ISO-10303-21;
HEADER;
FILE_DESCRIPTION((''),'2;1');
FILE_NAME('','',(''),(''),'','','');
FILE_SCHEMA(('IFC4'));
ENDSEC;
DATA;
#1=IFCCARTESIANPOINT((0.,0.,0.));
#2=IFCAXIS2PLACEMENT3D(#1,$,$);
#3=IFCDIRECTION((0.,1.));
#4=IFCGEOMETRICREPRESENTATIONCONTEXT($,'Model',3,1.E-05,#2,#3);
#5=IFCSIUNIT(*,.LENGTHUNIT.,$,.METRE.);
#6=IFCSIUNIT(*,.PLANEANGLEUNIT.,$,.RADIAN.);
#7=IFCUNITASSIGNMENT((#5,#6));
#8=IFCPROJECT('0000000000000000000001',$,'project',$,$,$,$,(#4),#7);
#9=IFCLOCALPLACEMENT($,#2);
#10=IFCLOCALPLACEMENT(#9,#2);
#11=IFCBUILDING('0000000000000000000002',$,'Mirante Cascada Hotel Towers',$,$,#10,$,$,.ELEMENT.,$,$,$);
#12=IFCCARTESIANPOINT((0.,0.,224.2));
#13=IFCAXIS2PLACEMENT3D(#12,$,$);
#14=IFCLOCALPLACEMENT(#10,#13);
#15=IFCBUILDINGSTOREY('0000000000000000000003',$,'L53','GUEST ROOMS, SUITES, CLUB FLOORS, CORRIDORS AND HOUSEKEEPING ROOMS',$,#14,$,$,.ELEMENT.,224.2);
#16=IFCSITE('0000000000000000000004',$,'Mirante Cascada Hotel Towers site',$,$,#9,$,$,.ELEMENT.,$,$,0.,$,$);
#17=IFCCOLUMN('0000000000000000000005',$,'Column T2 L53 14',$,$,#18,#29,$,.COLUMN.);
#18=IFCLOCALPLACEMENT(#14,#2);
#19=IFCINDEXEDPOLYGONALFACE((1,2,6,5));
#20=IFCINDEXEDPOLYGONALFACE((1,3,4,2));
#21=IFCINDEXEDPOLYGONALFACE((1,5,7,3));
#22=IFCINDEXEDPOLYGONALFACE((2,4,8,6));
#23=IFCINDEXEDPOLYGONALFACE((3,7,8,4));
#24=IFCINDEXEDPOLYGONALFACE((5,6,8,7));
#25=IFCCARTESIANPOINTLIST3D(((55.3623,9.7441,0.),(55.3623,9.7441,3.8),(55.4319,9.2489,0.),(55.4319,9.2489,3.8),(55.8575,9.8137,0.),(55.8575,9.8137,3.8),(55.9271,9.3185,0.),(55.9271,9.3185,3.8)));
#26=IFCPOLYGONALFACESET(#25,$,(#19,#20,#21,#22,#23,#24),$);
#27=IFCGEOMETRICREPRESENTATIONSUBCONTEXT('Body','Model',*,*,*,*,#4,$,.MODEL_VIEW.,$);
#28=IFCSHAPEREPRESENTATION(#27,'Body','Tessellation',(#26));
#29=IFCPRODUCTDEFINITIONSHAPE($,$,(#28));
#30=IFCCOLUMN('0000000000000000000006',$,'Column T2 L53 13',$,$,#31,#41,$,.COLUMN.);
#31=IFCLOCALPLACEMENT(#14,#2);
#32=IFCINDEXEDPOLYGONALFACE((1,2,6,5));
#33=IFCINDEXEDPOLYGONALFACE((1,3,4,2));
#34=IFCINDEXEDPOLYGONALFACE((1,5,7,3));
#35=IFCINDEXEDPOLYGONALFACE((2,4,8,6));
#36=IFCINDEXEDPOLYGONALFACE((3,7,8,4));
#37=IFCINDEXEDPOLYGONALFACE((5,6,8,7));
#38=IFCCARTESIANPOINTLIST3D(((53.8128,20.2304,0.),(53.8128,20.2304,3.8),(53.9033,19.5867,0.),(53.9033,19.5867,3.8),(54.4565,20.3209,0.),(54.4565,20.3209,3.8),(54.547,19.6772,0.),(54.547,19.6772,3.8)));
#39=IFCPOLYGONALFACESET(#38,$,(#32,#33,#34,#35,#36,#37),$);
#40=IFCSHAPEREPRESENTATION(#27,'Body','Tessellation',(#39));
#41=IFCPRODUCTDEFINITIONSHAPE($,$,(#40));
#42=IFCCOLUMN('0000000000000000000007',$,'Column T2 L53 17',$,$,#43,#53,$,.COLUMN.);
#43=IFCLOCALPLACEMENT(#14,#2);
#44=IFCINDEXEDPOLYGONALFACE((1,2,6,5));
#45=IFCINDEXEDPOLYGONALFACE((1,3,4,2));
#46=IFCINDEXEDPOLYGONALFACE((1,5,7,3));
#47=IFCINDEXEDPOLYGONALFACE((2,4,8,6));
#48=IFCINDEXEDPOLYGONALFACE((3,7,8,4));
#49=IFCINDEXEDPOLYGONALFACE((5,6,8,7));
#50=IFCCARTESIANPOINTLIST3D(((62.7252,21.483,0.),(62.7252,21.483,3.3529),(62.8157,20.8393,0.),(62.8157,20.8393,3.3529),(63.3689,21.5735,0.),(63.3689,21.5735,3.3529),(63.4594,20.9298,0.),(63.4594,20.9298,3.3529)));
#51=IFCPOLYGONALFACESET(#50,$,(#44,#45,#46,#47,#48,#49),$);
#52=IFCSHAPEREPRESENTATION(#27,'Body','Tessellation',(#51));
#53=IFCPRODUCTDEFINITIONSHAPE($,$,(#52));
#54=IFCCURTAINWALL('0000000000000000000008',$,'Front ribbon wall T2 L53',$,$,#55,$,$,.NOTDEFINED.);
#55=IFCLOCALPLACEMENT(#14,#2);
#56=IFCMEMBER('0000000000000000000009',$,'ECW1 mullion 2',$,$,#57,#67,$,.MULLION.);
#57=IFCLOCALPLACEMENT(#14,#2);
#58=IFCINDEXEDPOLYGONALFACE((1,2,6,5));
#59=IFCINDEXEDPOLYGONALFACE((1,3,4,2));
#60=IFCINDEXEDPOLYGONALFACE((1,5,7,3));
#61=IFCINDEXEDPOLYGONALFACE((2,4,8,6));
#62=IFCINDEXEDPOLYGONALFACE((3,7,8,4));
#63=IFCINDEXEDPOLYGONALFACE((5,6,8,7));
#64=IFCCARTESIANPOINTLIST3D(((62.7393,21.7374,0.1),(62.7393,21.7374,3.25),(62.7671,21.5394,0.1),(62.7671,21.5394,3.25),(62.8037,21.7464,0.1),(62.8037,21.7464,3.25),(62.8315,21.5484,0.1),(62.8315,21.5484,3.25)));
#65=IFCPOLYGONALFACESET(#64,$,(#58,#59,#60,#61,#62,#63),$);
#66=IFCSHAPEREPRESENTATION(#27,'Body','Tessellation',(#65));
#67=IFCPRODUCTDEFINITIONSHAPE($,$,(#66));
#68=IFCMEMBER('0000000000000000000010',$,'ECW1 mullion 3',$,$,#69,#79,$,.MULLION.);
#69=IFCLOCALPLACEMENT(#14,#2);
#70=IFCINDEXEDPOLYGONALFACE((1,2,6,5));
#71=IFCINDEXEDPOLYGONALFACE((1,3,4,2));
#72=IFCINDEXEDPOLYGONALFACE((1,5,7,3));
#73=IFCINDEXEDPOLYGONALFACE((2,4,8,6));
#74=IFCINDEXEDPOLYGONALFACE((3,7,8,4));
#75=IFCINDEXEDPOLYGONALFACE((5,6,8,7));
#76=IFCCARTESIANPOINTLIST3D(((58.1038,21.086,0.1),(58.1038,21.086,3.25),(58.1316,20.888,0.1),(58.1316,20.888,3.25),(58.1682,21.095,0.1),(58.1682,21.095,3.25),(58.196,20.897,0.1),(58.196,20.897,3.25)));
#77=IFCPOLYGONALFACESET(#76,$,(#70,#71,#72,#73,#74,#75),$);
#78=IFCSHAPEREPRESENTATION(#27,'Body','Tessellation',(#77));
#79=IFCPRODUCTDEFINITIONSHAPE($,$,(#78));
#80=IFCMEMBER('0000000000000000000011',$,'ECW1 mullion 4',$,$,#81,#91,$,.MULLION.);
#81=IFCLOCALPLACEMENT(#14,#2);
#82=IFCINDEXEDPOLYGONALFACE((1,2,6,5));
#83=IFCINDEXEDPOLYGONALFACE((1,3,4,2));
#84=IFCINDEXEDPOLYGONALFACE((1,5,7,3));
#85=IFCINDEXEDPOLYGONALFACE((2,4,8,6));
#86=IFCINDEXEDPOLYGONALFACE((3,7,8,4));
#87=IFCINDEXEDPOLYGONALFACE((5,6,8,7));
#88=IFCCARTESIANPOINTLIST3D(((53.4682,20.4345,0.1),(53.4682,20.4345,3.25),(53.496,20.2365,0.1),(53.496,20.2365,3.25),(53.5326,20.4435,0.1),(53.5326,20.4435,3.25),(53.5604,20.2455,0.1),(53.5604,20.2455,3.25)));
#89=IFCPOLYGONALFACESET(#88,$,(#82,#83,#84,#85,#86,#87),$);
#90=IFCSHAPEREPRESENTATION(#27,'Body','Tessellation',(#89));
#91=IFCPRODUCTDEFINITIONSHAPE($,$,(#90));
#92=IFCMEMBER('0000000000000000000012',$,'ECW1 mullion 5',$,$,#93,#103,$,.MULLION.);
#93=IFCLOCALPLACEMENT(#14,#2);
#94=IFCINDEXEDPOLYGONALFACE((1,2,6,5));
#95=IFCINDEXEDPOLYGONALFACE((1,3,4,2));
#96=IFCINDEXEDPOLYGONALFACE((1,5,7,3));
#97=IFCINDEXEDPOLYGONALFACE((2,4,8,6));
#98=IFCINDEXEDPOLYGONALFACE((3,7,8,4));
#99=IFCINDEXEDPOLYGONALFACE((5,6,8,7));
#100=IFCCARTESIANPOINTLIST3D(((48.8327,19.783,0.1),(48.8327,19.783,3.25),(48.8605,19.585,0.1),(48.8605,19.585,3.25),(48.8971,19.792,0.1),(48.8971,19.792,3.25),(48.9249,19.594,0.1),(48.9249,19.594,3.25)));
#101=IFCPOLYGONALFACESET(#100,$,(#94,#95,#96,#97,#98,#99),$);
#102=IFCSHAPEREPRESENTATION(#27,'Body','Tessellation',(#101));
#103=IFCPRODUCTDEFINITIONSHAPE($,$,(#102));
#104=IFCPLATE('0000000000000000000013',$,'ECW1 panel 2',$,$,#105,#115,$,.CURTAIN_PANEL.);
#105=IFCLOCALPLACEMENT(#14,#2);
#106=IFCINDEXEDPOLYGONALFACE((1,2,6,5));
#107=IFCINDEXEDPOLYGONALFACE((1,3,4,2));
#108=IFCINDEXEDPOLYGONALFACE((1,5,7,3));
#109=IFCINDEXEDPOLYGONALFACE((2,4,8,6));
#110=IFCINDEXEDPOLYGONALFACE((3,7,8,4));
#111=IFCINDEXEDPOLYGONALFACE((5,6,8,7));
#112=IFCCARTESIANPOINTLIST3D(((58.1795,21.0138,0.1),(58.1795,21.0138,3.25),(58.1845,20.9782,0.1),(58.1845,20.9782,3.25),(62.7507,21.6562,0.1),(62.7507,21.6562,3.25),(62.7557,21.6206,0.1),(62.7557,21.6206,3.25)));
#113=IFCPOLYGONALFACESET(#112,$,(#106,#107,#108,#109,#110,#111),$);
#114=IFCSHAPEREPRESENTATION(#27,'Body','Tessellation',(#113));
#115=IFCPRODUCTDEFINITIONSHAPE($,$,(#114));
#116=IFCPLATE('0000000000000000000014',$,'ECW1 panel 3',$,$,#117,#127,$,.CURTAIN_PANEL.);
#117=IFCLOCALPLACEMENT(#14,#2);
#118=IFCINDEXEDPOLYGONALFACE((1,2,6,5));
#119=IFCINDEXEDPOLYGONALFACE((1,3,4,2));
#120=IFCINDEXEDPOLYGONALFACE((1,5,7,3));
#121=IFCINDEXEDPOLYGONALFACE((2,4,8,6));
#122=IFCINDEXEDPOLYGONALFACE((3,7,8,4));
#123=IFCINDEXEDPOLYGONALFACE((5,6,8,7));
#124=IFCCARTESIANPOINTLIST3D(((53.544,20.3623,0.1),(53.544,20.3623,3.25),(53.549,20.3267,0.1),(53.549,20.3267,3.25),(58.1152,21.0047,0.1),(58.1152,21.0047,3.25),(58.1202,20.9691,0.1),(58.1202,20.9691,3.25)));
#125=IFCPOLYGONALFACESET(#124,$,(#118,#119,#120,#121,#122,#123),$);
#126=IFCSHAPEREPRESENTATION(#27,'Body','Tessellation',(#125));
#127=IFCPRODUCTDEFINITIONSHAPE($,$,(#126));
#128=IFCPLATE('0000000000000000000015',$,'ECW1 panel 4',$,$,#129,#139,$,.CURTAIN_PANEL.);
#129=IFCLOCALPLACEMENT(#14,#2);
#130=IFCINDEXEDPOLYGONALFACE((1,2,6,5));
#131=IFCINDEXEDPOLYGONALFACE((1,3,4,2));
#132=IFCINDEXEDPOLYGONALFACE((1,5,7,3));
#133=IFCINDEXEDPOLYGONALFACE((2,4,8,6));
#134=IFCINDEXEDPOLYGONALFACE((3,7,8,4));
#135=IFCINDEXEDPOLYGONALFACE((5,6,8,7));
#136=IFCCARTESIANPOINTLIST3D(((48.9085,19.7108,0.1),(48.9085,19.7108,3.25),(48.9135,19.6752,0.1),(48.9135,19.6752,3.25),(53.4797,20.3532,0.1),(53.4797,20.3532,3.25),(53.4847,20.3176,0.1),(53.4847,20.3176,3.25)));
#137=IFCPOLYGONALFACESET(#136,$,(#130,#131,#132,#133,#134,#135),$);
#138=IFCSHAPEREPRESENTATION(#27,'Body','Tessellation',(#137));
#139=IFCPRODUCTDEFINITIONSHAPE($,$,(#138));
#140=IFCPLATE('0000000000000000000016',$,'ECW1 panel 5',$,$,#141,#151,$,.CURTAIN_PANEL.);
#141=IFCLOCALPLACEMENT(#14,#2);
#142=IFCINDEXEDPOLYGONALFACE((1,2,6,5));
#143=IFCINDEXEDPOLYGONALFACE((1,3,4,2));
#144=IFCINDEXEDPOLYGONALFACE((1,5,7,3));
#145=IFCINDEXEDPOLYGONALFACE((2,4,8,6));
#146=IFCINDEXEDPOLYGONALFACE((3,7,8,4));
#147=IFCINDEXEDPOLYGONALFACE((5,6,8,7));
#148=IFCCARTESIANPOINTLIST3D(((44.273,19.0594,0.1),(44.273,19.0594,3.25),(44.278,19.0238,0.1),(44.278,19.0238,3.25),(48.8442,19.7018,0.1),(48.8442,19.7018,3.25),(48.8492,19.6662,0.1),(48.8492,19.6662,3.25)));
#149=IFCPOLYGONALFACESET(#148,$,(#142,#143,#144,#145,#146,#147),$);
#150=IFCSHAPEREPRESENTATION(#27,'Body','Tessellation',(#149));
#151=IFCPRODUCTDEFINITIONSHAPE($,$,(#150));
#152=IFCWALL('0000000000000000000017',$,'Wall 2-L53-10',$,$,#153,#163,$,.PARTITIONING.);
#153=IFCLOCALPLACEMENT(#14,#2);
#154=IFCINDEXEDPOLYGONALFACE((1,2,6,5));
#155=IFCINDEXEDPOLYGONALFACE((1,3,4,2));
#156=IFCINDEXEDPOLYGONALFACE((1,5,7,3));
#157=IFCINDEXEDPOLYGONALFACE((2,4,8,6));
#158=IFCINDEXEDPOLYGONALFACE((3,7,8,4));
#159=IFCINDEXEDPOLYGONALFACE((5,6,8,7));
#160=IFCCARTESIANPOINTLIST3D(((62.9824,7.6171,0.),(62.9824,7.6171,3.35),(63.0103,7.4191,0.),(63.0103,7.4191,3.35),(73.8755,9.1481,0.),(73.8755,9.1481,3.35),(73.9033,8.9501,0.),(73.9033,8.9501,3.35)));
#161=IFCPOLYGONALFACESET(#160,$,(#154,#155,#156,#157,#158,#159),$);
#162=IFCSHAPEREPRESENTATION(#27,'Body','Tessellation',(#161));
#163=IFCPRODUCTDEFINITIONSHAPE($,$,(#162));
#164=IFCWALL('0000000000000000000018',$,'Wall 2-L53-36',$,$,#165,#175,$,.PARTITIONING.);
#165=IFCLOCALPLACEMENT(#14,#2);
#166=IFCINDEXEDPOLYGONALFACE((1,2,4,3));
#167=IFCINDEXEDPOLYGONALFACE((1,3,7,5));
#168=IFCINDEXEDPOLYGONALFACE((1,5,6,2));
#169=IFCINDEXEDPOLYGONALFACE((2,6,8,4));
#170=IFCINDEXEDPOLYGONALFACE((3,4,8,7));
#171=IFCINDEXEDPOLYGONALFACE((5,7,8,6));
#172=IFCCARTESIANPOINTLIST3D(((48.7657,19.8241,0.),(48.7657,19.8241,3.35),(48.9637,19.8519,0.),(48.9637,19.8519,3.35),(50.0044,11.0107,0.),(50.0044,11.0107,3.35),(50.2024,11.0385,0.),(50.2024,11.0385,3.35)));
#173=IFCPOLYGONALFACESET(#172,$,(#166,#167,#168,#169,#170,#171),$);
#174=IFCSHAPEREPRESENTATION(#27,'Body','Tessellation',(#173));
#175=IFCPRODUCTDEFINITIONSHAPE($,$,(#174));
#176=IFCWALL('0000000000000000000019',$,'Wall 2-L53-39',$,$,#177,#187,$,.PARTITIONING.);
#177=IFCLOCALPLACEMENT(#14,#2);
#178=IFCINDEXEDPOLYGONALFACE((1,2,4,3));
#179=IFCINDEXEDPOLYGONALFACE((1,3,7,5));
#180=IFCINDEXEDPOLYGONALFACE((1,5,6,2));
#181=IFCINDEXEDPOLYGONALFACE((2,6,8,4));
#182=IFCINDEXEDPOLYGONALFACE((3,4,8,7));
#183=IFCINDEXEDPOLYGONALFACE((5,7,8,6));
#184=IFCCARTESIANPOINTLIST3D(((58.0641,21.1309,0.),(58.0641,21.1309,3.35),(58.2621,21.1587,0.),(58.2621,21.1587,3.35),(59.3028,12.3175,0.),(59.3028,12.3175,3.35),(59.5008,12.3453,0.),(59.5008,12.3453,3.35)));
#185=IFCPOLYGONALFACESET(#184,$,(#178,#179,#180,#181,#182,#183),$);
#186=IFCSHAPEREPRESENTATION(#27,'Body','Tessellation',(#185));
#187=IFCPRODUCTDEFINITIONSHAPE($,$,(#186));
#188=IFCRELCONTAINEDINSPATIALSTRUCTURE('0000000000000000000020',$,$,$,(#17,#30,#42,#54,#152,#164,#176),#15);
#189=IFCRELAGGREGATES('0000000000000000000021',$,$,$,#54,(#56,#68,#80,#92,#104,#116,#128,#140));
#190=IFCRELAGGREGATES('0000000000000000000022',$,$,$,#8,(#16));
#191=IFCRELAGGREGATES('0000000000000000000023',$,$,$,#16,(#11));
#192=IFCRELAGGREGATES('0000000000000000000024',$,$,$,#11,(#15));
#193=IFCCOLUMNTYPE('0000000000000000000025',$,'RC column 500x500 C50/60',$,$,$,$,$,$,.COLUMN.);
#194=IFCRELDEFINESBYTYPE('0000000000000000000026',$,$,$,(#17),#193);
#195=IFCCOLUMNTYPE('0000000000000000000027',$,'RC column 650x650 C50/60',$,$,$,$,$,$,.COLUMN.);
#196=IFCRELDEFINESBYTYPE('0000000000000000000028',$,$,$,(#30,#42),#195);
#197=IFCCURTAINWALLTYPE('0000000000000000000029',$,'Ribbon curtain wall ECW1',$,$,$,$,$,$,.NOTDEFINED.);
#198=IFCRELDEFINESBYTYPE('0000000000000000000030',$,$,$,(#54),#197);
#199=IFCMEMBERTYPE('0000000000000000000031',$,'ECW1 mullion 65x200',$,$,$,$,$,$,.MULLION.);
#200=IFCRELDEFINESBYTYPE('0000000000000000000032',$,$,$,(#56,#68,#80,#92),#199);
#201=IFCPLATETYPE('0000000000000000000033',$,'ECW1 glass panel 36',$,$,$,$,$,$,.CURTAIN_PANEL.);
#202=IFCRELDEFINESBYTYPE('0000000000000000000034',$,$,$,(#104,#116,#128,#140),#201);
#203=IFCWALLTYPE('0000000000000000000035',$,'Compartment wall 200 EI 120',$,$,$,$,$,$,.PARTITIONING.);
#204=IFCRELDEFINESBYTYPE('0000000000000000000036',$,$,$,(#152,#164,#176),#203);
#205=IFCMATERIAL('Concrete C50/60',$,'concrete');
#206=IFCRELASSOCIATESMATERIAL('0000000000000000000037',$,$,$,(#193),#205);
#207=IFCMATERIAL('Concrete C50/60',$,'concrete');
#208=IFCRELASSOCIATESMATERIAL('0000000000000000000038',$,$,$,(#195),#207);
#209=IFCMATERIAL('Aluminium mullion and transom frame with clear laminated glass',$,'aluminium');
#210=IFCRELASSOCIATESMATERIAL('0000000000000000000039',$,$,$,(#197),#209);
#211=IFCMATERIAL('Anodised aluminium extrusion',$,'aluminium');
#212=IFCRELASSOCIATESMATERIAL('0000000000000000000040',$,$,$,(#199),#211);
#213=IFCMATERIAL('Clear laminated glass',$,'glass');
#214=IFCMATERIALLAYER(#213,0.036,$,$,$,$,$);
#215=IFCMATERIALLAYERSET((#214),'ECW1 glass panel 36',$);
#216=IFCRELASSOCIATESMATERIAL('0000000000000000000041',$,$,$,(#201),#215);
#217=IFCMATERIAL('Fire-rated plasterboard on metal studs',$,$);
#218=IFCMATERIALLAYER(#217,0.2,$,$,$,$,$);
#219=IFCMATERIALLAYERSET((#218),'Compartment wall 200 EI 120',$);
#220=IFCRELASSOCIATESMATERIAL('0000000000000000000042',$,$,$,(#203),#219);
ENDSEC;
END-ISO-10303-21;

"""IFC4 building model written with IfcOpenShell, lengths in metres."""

from ifc_helpers import new_model, si_unit, direction, frame, frame_2d, origin, origin_2d, place, context, subcontext, project, spatial, rectangle, extrude, material, layer, layer_set, material_profile, profile_set, type_object, element, aggregate, save


model = new_model("IFC4")

# Units and contexts
model_context = context("Model", 3, precision=1e-05, world=origin(), true_north=direction((0.0, 1.0)))
body_context = subcontext(model_context, "Body", "Model", "MODEL_VIEW")
ifc_project = project(units=[si_unit("LENGTHUNIT", "METRE"), si_unit("PLANEANGLEUNIT", "RADIAN")], contexts=[model_context])

# Site, building, storey
site_placement = place(None, origin())
site = spatial("IfcSite", under=ifc_project, at=site_placement, Name="Mirante Cascada Hotel Towers site", CompositionType="ELEMENT", RefElevation=0.0)
building_placement = place(site_placement, origin())
building = spatial("IfcBuilding", under=site, at=building_placement, Name="Mirante Cascada Hotel Towers", CompositionType="ELEMENT")
storey_placement = place(building_placement, frame((0.0, 0.0, 224.2)))
storey = spatial("IfcBuildingStorey", under=building, at=storey_placement, Name="L53", Description="GUEST ROOMS, SUITES, CLUB FLOORS, CORRIDORS AND HOUSEKEEPING ROOMS", CompositionType="ELEMENT", Elevation=224.2)

# Columns
ifc_material_1 = material(Name="Concrete C50/60", Category="concrete")
ifc_material_profile_1 = material_profile(ifc_material_1, rectangle(XDim=0.5, YDim=0.5, at=origin_2d()), Name="RC column 500x500 C50/60")
ifc_profile_set_1 = profile_set([ifc_material_profile_1], Name="Concrete C50/60")
column_type_1 = type_object("IfcColumnType", Name="RC column 500x500 C50/60", PredefinedType="COLUMN", material=ifc_profile_set_1)
column_1_placement = place(storey_placement, frame((55.6447, 9.5313, 0.0), z_axis=(0.0, 0.0, 1.0), x_axis=(0.990268, 0.139173, 0.0)))
element("IfcColumn", 1, at=column_1_placement, inside=storey, type_object=column_type_1, Name="Column T2 L53 14", PredefinedType="COLUMN", context=body_context, shape_type="SweptSolid", body=[
    extrude(rectangle(XDim=0.5, YDim=0.5, at=origin_2d()), origin(), (0.0, 0.0, 1.0), 3.8),
])
ifc_material_2 = material(Name="Concrete C50/60", Category="concrete")
ifc_material_profile_2 = material_profile(ifc_material_2, rectangle(XDim=0.65, YDim=0.65, at=origin_2d()), Name="RC column 650x650 C50/60")
ifc_profile_set_2 = profile_set([ifc_material_profile_2], Name="Concrete C50/60")
column_type_2 = type_object("IfcColumnType", Name="RC column 650x650 C50/60", PredefinedType="COLUMN", material=ifc_profile_set_2)
column_2_placement = place(storey_placement, frame((54.1799, 19.9538, 0.0), z_axis=(0.0, 0.0, 1.0), x_axis=(0.990268, 0.139173, 0.0)))
element("IfcColumn", 2, at=column_2_placement, inside=storey, type_object=column_type_2, Name="Column T2 L53 13", PredefinedType="COLUMN", context=body_context, shape_type="SweptSolid", body=[
    extrude(rectangle(XDim=0.65, YDim=0.65, at=origin_2d()), origin(), (0.0, 0.0, 1.0), 3.8),
])
column_3_placement = place(storey_placement, frame((63.0923, 21.2064, 0.0), z_axis=(0.0, 0.0, 1.0), x_axis=(0.990268, 0.139173, 0.0)))
element("IfcColumn", 3, at=column_3_placement, inside=storey, type_object=column_type_2, Name="Column T2 L53 17", PredefinedType="COLUMN", context=body_context, shape_type="SweptSolid", body=[
    extrude(rectangle(XDim=0.65, YDim=0.65, at=origin_2d()), origin(), (0.0, 0.0, 1.0), 3.3529),
])

# Curtain wall, members, plates
ifc_material_3 = material(Name="Aluminium mullion and transom frame with clear laminated glass", Category="aluminium")
curtain_wall_type = type_object("IfcCurtainWallType", Name="Ribbon curtain wall ECW1", PredefinedType="NOTDEFINED", material=ifc_material_3)
curtain_wall_placement = place(storey_placement, origin())
curtain_wall = element("IfcCurtainWall", 4, at=curtain_wall_placement, inside=storey, type_object=curtain_wall_type, Name="Front ribbon wall T2 L53", PredefinedType="NOTDEFINED")
ifc_material_4 = material(Name="Anodised aluminium extrusion", Category="aluminium")
ifc_material_profile_3 = material_profile(ifc_material_4, rectangle(XDim=0.2, YDim=0.065, at=origin_2d()), Name="ECW1 MULLION 65x200")
ifc_profile_set_3 = profile_set([ifc_material_profile_3], Name="Anodised aluminium extrusion")
member_type = type_object("IfcMemberType", Name="ECW1 mullion 65x200", PredefinedType="MULLION", material=ifc_profile_set_3)
member_1_placement = place(storey_placement, frame((62.7854, 21.6429, 0.1), z_axis=(0.0, 0.0, 1.0), x_axis=(0.139173, -0.990268, 0.0)))
member_1 = element("IfcMember", 5, at=member_1_placement, type_object=member_type, Name="ECW1 mullion 2", PredefinedType="MULLION", context=body_context, shape_type="SweptSolid", body=[
    extrude(rectangle(XDim=0.2, YDim=0.065, at=origin_2d()), origin(), (0.0, 0.0, 1.0), 3.15),
])
member_2_placement = place(storey_placement, frame((58.1499, 20.9915, 0.1), z_axis=(0.0, 0.0, 1.0), x_axis=(0.139173, -0.990268, 0.0)))
member_2 = element("IfcMember", 6, at=member_2_placement, type_object=member_type, Name="ECW1 mullion 3", PredefinedType="MULLION", context=body_context, shape_type="SweptSolid", body=[
    extrude(rectangle(XDim=0.2, YDim=0.065, at=origin_2d()), origin(), (0.0, 0.0, 1.0), 3.15),
])
member_3_placement = place(storey_placement, frame((53.5143, 20.34, 0.1), z_axis=(0.0, 0.0, 1.0), x_axis=(0.139173, -0.990268, 0.0)))
member_3 = element("IfcMember", 7, at=member_3_placement, type_object=member_type, Name="ECW1 mullion 4", PredefinedType="MULLION", context=body_context, shape_type="SweptSolid", body=[
    extrude(rectangle(XDim=0.2, YDim=0.065, at=origin_2d()), origin(), (0.0, 0.0, 1.0), 3.15),
])
member_4_placement = place(storey_placement, frame((48.8788, 19.6885, 0.1), z_axis=(0.0, 0.0, 1.0), x_axis=(0.139173, -0.990268, 0.0)))
member_4 = element("IfcMember", 8, at=member_4_placement, type_object=member_type, Name="ECW1 mullion 5", PredefinedType="MULLION", context=body_context, shape_type="SweptSolid", body=[
    extrude(rectangle(XDim=0.2, YDim=0.065, at=origin_2d()), origin(), (0.0, 0.0, 1.0), 3.15),
])
ifc_material_5 = material(Name="Clear laminated glass", Category="glass")
ifc_layer_1 = layer(ifc_material_5, 0.036)
ifc_layer_set_1 = layer_set([ifc_layer_1], Name="ECW1 glass panel 36")
plate_type = type_object("IfcPlateType", Name="ECW1 glass panel 36", PredefinedType="CURTAIN_PANEL", material=ifc_layer_set_1)
plate_1_placement = place(storey_placement, frame((60.4676, 21.3172, 0.1), z_axis=(0.0, 0.0, 1.0), x_axis=(-0.990268, -0.139173, 0.0)))
plate_1 = element("IfcPlate", 9, at=plate_1_placement, type_object=plate_type, Name="ECW1 panel 2", PredefinedType="CURTAIN_PANEL", context=body_context, shape_type="SweptSolid", body=[
    extrude(rectangle(XDim=4.6161, YDim=0.036, at=origin_2d()), origin(), (0.0, 0.0, 1.0), 3.15),
])
plate_2_placement = place(storey_placement, frame((55.8321, 20.6657, 0.1), z_axis=(0.0, 0.0, 1.0), x_axis=(-0.990268, -0.139173, 0.0)))
plate_2 = element("IfcPlate", 10, at=plate_2_placement, type_object=plate_type, Name="ECW1 panel 3", PredefinedType="CURTAIN_PANEL", context=body_context, shape_type="SweptSolid", body=[
    extrude(rectangle(XDim=4.6161, YDim=0.036, at=origin_2d()), origin(), (0.0, 0.0, 1.0), 3.15),
])
plate_3_placement = place(storey_placement, frame((51.1966, 20.0142, 0.1), z_axis=(0.0, 0.0, 1.0), x_axis=(-0.990268, -0.139173, 0.0)))
plate_3 = element("IfcPlate", 11, at=plate_3_placement, type_object=plate_type, Name="ECW1 panel 4", PredefinedType="CURTAIN_PANEL", context=body_context, shape_type="SweptSolid", body=[
    extrude(rectangle(XDim=4.6161, YDim=0.036, at=origin_2d()), origin(), (0.0, 0.0, 1.0), 3.15),
])
plate_4_placement = place(storey_placement, frame((46.5611, 19.3628, 0.1), z_axis=(0.0, 0.0, 1.0), x_axis=(-0.990268, -0.139173, 0.0)))
plate_4 = element("IfcPlate", 12, at=plate_4_placement, type_object=plate_type, Name="ECW1 panel 5", PredefinedType="CURTAIN_PANEL", context=body_context, shape_type="SweptSolid", body=[
    extrude(rectangle(XDim=4.6161, YDim=0.036, at=origin_2d()), origin(), (0.0, 0.0, 1.0), 3.15),
])
aggregate(curtain_wall, [member_1, member_2, member_3, member_4, plate_1, plate_2, plate_3, plate_4])

# Walls
ifc_material_6 = material(Name="Fire-rated plasterboard on metal studs")
ifc_layer_2 = layer(ifc_material_6, 0.2)
ifc_layer_set_2 = layer_set([ifc_layer_2], Name="Compartment wall 200 EI 120")
wall_type_1 = type_object("IfcWallType", Name="Compartment wall 200 EI 120", PredefinedType="PARTITIONING", material=ifc_layer_set_2)
wall_1_placement = place(storey_placement, frame((62.9964, 7.5181, 0.0), z_axis=(0.0, 0.0, 1.0), x_axis=(0.990267, 0.139181, 0.0)))
element("IfcWall", 13, at=wall_1_placement, inside=storey, type_object=wall_type_1, Name="Wall 2-L53-10", PredefinedType="PARTITIONING", context=body_context, shape_type="SweptSolid", body=[
    extrude(rectangle(XDim=11.0001, YDim=0.2, at=frame_2d((5.5, 0.0))), origin(), (0.0, 0.0, 1.0), 3.35),
])
for number, where, z_axis, x_axis, name in (
    (14, (50.1034, 11.0246, 0.0), (0.0, 0.0, 1.0), (-0.139179, 0.990267, 0.0), "Wall 2-L53-36"),
    (15, (58.1631, 21.1448, 0.0), (0.0, 0.0, 1.0), (0.139179, -0.990267, 0.0), "Wall 2-L53-39"),
):
    element("IfcWall", number, at=place(storey_placement, frame(where, z_axis=z_axis, x_axis=x_axis)), inside=storey, type_object=wall_type_1, Name=name, PredefinedType="PARTITIONING", context=body_context, shape_type="SweptSolid", body=[
        extrude(rectangle(XDim=8.9, YDim=0.2, at=frame_2d((4.45, 0.0))), origin(), (0.0, 0.0, 1.0), 3.35),
    ])

save(model, "model.ifc")
